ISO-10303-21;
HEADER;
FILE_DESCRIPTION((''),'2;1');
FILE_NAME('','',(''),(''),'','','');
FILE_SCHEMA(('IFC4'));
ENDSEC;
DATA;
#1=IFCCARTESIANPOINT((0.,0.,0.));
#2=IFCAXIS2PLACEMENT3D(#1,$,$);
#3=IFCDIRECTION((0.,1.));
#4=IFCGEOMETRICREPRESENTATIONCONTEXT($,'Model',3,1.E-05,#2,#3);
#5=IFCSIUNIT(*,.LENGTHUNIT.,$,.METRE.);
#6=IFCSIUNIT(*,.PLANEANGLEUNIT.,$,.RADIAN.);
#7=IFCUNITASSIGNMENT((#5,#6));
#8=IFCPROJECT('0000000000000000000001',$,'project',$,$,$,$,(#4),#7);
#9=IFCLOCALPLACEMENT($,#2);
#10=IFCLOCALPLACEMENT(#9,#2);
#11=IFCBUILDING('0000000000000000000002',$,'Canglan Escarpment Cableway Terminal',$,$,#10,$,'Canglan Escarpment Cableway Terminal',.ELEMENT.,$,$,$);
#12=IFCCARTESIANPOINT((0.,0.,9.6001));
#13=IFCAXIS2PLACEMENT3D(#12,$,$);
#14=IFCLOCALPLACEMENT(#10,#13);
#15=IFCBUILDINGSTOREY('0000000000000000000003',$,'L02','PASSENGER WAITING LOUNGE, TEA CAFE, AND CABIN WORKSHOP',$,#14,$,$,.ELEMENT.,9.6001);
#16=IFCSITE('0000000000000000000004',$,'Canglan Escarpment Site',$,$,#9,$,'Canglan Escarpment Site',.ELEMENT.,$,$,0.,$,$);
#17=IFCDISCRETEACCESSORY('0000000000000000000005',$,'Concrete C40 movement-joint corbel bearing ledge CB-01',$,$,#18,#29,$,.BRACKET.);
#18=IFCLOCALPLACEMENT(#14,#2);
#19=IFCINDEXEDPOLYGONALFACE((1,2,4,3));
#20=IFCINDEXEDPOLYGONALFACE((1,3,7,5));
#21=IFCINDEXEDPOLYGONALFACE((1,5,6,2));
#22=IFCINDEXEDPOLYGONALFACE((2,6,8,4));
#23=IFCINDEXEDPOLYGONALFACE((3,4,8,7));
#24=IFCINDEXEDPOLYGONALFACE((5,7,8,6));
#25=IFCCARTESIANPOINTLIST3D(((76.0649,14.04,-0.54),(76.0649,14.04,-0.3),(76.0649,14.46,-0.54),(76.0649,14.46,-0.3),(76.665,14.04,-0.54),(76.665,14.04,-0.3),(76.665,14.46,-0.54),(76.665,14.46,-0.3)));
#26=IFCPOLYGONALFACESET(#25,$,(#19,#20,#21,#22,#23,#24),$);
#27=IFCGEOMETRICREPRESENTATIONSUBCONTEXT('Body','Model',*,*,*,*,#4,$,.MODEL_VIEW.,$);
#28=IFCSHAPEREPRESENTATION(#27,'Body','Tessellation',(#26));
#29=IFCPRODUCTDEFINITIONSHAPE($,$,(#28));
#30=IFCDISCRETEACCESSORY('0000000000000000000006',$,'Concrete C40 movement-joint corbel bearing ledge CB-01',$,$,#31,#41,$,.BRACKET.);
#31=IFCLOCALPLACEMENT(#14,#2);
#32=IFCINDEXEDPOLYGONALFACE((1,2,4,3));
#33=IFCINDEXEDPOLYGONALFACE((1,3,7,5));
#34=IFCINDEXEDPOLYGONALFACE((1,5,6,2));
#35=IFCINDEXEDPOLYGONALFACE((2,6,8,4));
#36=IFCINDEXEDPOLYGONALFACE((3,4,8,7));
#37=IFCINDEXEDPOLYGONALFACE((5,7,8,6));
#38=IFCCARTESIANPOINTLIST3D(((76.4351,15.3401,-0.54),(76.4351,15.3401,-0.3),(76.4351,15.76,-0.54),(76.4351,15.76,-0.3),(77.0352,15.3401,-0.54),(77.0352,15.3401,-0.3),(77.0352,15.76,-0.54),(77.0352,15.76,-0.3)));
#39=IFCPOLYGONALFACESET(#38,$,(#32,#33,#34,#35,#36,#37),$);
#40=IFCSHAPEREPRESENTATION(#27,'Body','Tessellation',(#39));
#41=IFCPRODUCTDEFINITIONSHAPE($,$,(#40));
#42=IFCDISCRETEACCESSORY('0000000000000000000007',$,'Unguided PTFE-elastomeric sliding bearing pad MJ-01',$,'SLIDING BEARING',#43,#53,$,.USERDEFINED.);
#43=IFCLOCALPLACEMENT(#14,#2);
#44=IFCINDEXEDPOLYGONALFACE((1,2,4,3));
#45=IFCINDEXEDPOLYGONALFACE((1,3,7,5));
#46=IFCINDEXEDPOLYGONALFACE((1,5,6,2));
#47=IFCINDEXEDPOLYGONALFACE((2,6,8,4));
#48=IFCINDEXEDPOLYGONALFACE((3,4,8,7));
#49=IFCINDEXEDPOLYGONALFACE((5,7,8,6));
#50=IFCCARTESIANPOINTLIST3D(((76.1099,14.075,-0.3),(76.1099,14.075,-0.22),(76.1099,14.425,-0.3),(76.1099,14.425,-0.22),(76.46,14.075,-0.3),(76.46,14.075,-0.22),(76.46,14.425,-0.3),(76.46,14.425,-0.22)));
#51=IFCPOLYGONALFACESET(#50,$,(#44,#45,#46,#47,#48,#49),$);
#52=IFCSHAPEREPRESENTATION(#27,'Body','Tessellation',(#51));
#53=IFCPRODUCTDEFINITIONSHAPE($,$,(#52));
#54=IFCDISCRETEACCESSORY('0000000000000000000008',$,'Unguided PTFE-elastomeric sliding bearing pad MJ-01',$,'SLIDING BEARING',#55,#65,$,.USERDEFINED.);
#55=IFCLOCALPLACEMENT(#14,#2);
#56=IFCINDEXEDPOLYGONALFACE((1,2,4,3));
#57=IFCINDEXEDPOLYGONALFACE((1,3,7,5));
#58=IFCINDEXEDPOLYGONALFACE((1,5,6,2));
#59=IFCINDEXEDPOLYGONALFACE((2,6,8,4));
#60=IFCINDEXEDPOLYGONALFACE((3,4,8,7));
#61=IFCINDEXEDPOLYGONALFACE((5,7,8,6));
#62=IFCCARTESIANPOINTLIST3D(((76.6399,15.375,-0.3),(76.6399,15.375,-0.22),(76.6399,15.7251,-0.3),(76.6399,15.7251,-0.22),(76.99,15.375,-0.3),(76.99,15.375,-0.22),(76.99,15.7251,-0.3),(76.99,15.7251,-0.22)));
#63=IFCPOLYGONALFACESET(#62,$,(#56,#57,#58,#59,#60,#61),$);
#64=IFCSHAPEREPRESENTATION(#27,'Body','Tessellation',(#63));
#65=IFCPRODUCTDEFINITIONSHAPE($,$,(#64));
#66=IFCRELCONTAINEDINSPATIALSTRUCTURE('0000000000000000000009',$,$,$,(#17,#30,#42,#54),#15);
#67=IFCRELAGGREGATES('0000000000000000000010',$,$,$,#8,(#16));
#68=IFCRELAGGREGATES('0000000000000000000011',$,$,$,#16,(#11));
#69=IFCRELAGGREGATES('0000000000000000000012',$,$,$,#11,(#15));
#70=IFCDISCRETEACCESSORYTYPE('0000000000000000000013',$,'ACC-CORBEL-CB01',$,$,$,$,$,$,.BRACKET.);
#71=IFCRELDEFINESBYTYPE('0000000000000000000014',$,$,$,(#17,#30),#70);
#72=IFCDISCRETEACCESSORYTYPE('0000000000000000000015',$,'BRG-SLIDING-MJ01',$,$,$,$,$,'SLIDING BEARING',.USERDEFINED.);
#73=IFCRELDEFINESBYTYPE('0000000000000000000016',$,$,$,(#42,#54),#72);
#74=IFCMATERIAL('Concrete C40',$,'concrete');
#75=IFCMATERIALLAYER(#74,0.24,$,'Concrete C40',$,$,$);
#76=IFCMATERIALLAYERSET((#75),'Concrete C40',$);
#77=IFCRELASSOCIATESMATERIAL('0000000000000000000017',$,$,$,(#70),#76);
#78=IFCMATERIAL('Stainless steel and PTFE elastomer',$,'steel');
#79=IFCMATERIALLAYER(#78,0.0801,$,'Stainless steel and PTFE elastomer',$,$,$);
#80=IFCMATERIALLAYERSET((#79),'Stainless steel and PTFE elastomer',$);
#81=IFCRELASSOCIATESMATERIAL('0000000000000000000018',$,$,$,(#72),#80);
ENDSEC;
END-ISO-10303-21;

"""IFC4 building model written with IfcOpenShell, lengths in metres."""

from ifc_helpers import new_model, si_unit, direction, frame, origin, origin_2d, place, context, subcontext, project, spatial, rectangle, extrude, material, layer, layer_set, type_object, element, save


model = new_model("IFC4")

# Units and contexts
model_context = context("Model", 3, precision=1e-05, world=origin(), true_north=direction((0.0, 1.0)))
body_context = subcontext(model_context, "Body", "Model", "MODEL_VIEW")
ifc_project = project(units=[si_unit("LENGTHUNIT", "METRE"), si_unit("PLANEANGLEUNIT", "RADIAN")], contexts=[model_context])

# Site, building, storey
site_placement = place(None, origin())
site = spatial("IfcSite", under=ifc_project, at=site_placement, Name="Canglan Escarpment Site", LongName="Canglan Escarpment Site", CompositionType="ELEMENT", RefElevation=0.0)
building_placement = place(site_placement, origin())
building = spatial("IfcBuilding", under=site, at=building_placement, Name="Canglan Escarpment Cableway Terminal", LongName="Canglan Escarpment Cableway Terminal", CompositionType="ELEMENT")
storey_placement = place(building_placement, frame((0.0, 0.0, 9.6001)))
storey = spatial("IfcBuildingStorey", under=building, at=storey_placement, Name="L02", Description="PASSENGER WAITING LOUNGE, TEA CAFE, AND CABIN WORKSHOP", CompositionType="ELEMENT", Elevation=9.6001)

# Shared definitions
ifc_material_1 = material(Name="Concrete C40", Category="concrete")

# Discrete accessories
ifc_layer_1 = layer(ifc_material_1, 0.24, Name="Concrete C40")
ifc_layer_set_1 = layer_set([ifc_layer_1], Name="Concrete C40")
discrete_accessory_type_1 = type_object("IfcDiscreteAccessoryType", Name="ACC-CORBEL-CB01", PredefinedType="BRACKET", material=ifc_layer_set_1)
for number, where, z_axis, x_axis, name in (
    (1, (76.365, 14.25, -0.54), (0.0, 0.0, 1.0), (1.0, 0.0, 0.0), "Concrete C40 movement-joint corbel bearing ledge CB-01"),
    (2, (76.7351, 15.55, -0.54), (0.0, 0.0, 1.0), (1.0, 0.0, 0.0), "Concrete C40 movement-joint corbel bearing ledge CB-01"),
):
    element("IfcDiscreteAccessory", number, at=place(storey_placement, frame(where, z_axis=z_axis, x_axis=x_axis)), inside=storey, type_object=discrete_accessory_type_1, Name=name, PredefinedType="BRACKET", context=body_context, shape_type="SweptSolid", body=[
        extrude(rectangle(XDim=0.6001, YDim=0.4199, at=origin_2d()), origin(), (0.0, 0.0, 1.0), 0.24),
    ])
ifc_material_2 = material(Name="Stainless steel and PTFE elastomer", Category="steel")
ifc_layer_2 = layer(ifc_material_2, 0.0801, Name="Stainless steel and PTFE elastomer")
ifc_layer_set_2 = layer_set([ifc_layer_2], Name="Stainless steel and PTFE elastomer")
discrete_accessory_type_2 = type_object("IfcDiscreteAccessoryType", Name="BRG-SLIDING-MJ01", ElementType="SLIDING BEARING", PredefinedType="USERDEFINED", material=ifc_layer_set_2)
for number, where, z_axis, x_axis, name in (
    (3, (76.2849, 14.25, -0.3), (0.0, 0.0, 1.0), (1.0, 0.0, 0.0), "Unguided PTFE-elastomeric sliding bearing pad MJ-01"),
    (4, (76.8149, 15.55, -0.3), (0.0, 0.0, 1.0), (1.0, 0.0, 0.0), "Unguided PTFE-elastomeric sliding bearing pad MJ-01"),
):
    element("IfcDiscreteAccessory", number, at=place(storey_placement, frame(where, z_axis=z_axis, x_axis=x_axis)), inside=storey, type_object=discrete_accessory_type_2, Name=name, ObjectType="SLIDING BEARING", PredefinedType="USERDEFINED", context=body_context, shape_type="SweptSolid", body=[
        extrude(rectangle(XDim=0.3501, YDim=0.3501, at=origin_2d()), origin(), (0.0, 0.0, 1.0), 0.0801),
    ])

save(model, "model.ifc")
